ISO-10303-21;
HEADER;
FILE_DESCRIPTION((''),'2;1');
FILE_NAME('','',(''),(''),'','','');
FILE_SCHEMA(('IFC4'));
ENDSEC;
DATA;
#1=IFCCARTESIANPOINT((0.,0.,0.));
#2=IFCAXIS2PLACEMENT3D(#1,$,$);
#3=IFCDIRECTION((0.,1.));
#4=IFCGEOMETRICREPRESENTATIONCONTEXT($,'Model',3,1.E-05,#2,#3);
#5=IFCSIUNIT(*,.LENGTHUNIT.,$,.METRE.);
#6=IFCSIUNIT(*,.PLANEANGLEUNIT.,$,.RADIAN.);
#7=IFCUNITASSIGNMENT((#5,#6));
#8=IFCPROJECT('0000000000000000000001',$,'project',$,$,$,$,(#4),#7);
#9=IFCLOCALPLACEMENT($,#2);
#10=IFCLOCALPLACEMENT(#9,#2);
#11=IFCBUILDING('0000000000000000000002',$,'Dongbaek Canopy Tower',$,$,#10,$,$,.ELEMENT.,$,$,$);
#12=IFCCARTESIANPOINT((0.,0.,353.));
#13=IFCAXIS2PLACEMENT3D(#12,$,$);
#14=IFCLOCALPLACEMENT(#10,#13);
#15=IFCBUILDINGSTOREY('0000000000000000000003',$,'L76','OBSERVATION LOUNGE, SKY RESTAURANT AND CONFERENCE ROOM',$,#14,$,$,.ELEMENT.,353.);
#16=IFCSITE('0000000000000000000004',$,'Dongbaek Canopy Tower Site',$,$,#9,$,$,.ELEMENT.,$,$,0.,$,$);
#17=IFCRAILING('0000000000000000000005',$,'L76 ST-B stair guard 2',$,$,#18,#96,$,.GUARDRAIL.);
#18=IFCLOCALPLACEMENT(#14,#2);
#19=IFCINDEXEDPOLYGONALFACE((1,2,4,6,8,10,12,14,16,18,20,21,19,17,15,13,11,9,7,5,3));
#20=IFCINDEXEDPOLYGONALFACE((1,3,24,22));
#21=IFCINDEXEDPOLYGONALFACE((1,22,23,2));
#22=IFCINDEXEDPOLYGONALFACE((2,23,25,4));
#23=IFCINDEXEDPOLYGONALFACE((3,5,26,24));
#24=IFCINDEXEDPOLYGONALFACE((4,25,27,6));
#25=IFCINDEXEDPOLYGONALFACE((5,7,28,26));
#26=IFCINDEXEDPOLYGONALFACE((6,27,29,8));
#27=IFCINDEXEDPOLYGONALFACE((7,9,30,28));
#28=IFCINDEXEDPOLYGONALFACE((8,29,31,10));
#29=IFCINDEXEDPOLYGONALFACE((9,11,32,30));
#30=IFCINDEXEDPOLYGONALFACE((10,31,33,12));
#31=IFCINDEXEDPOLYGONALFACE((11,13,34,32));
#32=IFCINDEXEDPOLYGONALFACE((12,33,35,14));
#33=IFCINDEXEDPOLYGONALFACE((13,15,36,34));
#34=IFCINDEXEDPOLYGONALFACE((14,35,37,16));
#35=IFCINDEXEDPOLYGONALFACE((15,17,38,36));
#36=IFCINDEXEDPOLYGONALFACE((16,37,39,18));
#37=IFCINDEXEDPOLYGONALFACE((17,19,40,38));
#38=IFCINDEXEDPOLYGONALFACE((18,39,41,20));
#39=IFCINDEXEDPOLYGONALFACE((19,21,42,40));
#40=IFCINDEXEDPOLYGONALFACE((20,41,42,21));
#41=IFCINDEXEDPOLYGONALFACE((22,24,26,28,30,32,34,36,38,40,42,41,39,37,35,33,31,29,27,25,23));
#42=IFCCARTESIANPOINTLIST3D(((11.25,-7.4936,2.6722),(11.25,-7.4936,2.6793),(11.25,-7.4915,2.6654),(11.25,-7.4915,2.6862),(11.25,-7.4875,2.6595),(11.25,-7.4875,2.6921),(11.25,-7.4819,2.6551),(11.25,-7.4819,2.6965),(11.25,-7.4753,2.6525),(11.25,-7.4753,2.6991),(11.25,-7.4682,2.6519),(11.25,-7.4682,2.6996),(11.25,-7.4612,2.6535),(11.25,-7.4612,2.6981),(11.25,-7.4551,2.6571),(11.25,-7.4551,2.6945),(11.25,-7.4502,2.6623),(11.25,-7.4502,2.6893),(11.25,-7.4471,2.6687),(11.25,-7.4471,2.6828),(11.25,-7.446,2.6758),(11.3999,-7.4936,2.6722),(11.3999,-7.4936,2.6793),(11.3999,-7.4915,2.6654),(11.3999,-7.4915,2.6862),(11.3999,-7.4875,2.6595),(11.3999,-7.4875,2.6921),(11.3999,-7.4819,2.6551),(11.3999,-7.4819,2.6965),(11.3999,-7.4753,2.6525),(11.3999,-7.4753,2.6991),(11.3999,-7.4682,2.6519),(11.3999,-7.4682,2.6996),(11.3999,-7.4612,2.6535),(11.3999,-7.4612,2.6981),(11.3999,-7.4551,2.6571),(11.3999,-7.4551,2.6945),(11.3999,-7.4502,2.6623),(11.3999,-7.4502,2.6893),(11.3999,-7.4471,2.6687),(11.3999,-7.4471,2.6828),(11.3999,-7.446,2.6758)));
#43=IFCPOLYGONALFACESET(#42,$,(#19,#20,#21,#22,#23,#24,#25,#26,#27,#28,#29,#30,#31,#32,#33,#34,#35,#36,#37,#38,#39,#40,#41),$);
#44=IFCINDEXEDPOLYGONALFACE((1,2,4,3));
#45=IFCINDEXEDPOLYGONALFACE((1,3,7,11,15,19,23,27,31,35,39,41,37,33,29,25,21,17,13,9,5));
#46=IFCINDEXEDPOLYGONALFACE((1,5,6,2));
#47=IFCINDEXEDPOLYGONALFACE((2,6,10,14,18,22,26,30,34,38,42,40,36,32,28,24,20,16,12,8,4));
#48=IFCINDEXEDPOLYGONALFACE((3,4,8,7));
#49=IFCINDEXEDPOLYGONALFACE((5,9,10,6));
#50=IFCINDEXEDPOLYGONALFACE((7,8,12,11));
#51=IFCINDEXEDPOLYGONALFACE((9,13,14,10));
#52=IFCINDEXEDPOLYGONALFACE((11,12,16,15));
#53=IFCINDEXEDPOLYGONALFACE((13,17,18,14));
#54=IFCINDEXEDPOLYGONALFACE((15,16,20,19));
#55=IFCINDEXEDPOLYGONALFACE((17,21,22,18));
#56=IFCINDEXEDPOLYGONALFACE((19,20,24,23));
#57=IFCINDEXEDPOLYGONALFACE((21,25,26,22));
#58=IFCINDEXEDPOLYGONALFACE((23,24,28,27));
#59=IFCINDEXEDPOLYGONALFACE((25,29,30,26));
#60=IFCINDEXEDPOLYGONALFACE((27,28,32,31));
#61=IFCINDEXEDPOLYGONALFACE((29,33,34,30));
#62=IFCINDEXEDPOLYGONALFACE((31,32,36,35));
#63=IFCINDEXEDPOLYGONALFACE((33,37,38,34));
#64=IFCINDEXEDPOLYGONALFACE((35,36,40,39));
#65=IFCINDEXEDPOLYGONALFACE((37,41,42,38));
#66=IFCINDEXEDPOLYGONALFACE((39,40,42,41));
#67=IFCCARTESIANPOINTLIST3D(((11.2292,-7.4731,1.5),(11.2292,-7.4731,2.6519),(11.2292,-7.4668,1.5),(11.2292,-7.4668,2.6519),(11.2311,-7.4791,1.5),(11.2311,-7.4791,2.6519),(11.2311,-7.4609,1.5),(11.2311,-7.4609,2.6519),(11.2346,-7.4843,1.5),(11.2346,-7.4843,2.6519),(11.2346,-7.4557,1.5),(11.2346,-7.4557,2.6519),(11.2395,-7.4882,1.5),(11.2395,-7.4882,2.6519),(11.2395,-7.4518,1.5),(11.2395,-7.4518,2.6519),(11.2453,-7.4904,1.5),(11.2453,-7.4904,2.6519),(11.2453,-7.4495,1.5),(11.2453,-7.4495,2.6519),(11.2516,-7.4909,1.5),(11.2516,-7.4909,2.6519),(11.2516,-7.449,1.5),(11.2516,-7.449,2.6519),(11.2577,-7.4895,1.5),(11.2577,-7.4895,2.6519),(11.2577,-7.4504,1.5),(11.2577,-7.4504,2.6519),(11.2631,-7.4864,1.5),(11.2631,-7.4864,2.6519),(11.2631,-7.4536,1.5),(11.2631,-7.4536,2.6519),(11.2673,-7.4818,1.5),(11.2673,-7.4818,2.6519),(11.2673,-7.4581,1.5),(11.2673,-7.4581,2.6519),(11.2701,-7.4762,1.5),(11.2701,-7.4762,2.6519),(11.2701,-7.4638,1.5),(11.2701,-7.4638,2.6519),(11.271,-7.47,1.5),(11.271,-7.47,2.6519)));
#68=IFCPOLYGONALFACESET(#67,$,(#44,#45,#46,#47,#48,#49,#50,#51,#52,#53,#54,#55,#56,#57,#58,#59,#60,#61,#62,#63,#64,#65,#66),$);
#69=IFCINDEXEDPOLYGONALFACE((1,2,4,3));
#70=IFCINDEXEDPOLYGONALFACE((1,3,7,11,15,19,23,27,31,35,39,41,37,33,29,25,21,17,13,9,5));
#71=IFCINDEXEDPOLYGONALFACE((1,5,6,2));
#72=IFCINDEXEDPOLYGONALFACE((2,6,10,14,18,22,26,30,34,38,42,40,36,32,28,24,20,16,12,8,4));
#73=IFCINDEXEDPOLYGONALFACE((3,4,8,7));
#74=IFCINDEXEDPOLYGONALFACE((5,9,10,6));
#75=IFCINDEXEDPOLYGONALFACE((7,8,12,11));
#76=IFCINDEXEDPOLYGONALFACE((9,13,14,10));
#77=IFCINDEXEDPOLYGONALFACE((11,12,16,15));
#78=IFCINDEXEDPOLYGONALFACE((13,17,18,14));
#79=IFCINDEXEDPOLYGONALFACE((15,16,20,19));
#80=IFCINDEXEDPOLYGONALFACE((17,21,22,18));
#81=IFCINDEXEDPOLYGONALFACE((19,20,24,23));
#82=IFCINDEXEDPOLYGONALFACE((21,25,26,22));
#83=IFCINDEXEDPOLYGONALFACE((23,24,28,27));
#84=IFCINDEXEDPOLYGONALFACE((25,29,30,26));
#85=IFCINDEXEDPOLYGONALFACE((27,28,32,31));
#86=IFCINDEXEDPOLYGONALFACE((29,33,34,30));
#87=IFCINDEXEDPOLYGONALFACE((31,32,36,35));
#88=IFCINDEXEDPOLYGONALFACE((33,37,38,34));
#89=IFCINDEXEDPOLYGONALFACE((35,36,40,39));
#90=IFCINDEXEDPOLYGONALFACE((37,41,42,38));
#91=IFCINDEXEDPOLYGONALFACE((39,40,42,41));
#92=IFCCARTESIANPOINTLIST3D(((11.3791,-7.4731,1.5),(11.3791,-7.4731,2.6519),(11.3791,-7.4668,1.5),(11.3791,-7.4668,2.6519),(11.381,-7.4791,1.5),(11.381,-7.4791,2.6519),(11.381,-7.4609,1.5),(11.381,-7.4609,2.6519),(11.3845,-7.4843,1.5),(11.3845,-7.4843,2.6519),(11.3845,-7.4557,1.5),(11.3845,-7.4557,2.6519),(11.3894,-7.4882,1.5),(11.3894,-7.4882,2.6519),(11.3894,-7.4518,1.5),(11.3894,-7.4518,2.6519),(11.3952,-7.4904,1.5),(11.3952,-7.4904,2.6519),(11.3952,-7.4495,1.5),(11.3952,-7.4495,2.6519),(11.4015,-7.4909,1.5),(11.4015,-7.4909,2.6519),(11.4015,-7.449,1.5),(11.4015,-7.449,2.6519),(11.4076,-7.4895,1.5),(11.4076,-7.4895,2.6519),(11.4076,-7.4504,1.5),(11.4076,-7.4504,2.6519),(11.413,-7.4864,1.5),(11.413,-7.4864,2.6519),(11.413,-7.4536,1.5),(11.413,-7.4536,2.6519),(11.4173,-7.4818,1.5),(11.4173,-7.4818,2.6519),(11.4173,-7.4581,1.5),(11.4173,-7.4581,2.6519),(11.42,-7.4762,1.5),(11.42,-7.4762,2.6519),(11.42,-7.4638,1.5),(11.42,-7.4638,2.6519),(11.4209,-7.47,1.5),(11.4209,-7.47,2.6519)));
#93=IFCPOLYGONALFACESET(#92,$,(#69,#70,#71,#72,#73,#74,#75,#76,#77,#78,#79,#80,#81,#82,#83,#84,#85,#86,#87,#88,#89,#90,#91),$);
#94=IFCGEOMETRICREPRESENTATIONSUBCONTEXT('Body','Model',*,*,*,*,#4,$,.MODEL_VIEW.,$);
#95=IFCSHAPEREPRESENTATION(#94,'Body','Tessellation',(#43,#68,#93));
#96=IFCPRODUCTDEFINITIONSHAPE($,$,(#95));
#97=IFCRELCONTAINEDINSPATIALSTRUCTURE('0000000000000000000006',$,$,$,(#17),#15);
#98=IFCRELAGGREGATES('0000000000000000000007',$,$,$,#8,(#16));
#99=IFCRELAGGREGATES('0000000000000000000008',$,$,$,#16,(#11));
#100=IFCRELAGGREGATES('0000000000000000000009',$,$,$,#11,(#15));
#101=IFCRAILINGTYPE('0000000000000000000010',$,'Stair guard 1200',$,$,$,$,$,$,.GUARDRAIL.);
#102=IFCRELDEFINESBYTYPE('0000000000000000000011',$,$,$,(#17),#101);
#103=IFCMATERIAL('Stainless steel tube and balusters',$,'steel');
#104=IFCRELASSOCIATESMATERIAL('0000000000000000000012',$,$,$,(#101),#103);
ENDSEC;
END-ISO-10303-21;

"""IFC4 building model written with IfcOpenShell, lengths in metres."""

from ifc_helpers import new_model, si_unit, direction, frame, origin, origin_2d, place, context, subcontext, project, spatial, circle, extrude, material, type_object, element, save


model = new_model("IFC4")

# Units and contexts
model_context = context("Model", 3, precision=1e-05, world=origin(), true_north=direction((0.0, 1.0)))
body_context = subcontext(model_context, "Body", "Model", "MODEL_VIEW")
ifc_project = project(units=[si_unit("LENGTHUNIT", "METRE"), si_unit("PLANEANGLEUNIT", "RADIAN")], contexts=[model_context])

# Site, building, storey
site_placement = place(None, origin())
site = spatial("IfcSite", under=ifc_project, at=site_placement, Name="Dongbaek Canopy Tower Site", CompositionType="ELEMENT", RefElevation=0.0)
building_placement = place(site_placement, origin())
building = spatial("IfcBuilding", under=site, at=building_placement, Name="Dongbaek Canopy Tower", CompositionType="ELEMENT")
storey_placement = place(building_placement, frame((0.0, 0.0, 353.0)))
storey = spatial("IfcBuildingStorey", under=building, at=storey_placement, Name="L76", Description="OBSERVATION LOUNGE, SKY RESTAURANT AND CONFERENCE ROOM", CompositionType="ELEMENT", Elevation=353.0)

# Railing
ifc_material_1 = material(Name="Stainless steel tube and balusters", Category="steel")
railing_type_1 = type_object("IfcRailingType", Name="Stair guard 1200", PredefinedType="GUARDRAIL", material=ifc_material_1)
railing_1_placement = place(storey_placement, frame((11.25, -7.47, 1.5)))
element("IfcRailing", 1, at=railing_1_placement, inside=storey, type_object=railing_type_1, Name="L76 ST-B stair guard 2", PredefinedType="GUARDRAIL", context=body_context, shape_type="SweptSolid", body=[
    extrude(circle(Radius=0.0239, at=origin_2d()), frame((0.0, 0.0, 1.1758), z_axis=(1.0, 0.0, 0.0), x_axis=(0.0, 1.0, 0.0)), (0.0, 0.0, 1.0), 0.1499),
    extrude(circle(Radius=0.021, at=origin_2d()), origin(), (0.0, 0.0, 1.0), 1.1519),
    extrude(circle(Radius=0.021, at=origin_2d()), frame((0.1499, 0.0, 0.0)), (0.0, 0.0, 1.0), 1.1519),
])

save(model, "model.ifc")
